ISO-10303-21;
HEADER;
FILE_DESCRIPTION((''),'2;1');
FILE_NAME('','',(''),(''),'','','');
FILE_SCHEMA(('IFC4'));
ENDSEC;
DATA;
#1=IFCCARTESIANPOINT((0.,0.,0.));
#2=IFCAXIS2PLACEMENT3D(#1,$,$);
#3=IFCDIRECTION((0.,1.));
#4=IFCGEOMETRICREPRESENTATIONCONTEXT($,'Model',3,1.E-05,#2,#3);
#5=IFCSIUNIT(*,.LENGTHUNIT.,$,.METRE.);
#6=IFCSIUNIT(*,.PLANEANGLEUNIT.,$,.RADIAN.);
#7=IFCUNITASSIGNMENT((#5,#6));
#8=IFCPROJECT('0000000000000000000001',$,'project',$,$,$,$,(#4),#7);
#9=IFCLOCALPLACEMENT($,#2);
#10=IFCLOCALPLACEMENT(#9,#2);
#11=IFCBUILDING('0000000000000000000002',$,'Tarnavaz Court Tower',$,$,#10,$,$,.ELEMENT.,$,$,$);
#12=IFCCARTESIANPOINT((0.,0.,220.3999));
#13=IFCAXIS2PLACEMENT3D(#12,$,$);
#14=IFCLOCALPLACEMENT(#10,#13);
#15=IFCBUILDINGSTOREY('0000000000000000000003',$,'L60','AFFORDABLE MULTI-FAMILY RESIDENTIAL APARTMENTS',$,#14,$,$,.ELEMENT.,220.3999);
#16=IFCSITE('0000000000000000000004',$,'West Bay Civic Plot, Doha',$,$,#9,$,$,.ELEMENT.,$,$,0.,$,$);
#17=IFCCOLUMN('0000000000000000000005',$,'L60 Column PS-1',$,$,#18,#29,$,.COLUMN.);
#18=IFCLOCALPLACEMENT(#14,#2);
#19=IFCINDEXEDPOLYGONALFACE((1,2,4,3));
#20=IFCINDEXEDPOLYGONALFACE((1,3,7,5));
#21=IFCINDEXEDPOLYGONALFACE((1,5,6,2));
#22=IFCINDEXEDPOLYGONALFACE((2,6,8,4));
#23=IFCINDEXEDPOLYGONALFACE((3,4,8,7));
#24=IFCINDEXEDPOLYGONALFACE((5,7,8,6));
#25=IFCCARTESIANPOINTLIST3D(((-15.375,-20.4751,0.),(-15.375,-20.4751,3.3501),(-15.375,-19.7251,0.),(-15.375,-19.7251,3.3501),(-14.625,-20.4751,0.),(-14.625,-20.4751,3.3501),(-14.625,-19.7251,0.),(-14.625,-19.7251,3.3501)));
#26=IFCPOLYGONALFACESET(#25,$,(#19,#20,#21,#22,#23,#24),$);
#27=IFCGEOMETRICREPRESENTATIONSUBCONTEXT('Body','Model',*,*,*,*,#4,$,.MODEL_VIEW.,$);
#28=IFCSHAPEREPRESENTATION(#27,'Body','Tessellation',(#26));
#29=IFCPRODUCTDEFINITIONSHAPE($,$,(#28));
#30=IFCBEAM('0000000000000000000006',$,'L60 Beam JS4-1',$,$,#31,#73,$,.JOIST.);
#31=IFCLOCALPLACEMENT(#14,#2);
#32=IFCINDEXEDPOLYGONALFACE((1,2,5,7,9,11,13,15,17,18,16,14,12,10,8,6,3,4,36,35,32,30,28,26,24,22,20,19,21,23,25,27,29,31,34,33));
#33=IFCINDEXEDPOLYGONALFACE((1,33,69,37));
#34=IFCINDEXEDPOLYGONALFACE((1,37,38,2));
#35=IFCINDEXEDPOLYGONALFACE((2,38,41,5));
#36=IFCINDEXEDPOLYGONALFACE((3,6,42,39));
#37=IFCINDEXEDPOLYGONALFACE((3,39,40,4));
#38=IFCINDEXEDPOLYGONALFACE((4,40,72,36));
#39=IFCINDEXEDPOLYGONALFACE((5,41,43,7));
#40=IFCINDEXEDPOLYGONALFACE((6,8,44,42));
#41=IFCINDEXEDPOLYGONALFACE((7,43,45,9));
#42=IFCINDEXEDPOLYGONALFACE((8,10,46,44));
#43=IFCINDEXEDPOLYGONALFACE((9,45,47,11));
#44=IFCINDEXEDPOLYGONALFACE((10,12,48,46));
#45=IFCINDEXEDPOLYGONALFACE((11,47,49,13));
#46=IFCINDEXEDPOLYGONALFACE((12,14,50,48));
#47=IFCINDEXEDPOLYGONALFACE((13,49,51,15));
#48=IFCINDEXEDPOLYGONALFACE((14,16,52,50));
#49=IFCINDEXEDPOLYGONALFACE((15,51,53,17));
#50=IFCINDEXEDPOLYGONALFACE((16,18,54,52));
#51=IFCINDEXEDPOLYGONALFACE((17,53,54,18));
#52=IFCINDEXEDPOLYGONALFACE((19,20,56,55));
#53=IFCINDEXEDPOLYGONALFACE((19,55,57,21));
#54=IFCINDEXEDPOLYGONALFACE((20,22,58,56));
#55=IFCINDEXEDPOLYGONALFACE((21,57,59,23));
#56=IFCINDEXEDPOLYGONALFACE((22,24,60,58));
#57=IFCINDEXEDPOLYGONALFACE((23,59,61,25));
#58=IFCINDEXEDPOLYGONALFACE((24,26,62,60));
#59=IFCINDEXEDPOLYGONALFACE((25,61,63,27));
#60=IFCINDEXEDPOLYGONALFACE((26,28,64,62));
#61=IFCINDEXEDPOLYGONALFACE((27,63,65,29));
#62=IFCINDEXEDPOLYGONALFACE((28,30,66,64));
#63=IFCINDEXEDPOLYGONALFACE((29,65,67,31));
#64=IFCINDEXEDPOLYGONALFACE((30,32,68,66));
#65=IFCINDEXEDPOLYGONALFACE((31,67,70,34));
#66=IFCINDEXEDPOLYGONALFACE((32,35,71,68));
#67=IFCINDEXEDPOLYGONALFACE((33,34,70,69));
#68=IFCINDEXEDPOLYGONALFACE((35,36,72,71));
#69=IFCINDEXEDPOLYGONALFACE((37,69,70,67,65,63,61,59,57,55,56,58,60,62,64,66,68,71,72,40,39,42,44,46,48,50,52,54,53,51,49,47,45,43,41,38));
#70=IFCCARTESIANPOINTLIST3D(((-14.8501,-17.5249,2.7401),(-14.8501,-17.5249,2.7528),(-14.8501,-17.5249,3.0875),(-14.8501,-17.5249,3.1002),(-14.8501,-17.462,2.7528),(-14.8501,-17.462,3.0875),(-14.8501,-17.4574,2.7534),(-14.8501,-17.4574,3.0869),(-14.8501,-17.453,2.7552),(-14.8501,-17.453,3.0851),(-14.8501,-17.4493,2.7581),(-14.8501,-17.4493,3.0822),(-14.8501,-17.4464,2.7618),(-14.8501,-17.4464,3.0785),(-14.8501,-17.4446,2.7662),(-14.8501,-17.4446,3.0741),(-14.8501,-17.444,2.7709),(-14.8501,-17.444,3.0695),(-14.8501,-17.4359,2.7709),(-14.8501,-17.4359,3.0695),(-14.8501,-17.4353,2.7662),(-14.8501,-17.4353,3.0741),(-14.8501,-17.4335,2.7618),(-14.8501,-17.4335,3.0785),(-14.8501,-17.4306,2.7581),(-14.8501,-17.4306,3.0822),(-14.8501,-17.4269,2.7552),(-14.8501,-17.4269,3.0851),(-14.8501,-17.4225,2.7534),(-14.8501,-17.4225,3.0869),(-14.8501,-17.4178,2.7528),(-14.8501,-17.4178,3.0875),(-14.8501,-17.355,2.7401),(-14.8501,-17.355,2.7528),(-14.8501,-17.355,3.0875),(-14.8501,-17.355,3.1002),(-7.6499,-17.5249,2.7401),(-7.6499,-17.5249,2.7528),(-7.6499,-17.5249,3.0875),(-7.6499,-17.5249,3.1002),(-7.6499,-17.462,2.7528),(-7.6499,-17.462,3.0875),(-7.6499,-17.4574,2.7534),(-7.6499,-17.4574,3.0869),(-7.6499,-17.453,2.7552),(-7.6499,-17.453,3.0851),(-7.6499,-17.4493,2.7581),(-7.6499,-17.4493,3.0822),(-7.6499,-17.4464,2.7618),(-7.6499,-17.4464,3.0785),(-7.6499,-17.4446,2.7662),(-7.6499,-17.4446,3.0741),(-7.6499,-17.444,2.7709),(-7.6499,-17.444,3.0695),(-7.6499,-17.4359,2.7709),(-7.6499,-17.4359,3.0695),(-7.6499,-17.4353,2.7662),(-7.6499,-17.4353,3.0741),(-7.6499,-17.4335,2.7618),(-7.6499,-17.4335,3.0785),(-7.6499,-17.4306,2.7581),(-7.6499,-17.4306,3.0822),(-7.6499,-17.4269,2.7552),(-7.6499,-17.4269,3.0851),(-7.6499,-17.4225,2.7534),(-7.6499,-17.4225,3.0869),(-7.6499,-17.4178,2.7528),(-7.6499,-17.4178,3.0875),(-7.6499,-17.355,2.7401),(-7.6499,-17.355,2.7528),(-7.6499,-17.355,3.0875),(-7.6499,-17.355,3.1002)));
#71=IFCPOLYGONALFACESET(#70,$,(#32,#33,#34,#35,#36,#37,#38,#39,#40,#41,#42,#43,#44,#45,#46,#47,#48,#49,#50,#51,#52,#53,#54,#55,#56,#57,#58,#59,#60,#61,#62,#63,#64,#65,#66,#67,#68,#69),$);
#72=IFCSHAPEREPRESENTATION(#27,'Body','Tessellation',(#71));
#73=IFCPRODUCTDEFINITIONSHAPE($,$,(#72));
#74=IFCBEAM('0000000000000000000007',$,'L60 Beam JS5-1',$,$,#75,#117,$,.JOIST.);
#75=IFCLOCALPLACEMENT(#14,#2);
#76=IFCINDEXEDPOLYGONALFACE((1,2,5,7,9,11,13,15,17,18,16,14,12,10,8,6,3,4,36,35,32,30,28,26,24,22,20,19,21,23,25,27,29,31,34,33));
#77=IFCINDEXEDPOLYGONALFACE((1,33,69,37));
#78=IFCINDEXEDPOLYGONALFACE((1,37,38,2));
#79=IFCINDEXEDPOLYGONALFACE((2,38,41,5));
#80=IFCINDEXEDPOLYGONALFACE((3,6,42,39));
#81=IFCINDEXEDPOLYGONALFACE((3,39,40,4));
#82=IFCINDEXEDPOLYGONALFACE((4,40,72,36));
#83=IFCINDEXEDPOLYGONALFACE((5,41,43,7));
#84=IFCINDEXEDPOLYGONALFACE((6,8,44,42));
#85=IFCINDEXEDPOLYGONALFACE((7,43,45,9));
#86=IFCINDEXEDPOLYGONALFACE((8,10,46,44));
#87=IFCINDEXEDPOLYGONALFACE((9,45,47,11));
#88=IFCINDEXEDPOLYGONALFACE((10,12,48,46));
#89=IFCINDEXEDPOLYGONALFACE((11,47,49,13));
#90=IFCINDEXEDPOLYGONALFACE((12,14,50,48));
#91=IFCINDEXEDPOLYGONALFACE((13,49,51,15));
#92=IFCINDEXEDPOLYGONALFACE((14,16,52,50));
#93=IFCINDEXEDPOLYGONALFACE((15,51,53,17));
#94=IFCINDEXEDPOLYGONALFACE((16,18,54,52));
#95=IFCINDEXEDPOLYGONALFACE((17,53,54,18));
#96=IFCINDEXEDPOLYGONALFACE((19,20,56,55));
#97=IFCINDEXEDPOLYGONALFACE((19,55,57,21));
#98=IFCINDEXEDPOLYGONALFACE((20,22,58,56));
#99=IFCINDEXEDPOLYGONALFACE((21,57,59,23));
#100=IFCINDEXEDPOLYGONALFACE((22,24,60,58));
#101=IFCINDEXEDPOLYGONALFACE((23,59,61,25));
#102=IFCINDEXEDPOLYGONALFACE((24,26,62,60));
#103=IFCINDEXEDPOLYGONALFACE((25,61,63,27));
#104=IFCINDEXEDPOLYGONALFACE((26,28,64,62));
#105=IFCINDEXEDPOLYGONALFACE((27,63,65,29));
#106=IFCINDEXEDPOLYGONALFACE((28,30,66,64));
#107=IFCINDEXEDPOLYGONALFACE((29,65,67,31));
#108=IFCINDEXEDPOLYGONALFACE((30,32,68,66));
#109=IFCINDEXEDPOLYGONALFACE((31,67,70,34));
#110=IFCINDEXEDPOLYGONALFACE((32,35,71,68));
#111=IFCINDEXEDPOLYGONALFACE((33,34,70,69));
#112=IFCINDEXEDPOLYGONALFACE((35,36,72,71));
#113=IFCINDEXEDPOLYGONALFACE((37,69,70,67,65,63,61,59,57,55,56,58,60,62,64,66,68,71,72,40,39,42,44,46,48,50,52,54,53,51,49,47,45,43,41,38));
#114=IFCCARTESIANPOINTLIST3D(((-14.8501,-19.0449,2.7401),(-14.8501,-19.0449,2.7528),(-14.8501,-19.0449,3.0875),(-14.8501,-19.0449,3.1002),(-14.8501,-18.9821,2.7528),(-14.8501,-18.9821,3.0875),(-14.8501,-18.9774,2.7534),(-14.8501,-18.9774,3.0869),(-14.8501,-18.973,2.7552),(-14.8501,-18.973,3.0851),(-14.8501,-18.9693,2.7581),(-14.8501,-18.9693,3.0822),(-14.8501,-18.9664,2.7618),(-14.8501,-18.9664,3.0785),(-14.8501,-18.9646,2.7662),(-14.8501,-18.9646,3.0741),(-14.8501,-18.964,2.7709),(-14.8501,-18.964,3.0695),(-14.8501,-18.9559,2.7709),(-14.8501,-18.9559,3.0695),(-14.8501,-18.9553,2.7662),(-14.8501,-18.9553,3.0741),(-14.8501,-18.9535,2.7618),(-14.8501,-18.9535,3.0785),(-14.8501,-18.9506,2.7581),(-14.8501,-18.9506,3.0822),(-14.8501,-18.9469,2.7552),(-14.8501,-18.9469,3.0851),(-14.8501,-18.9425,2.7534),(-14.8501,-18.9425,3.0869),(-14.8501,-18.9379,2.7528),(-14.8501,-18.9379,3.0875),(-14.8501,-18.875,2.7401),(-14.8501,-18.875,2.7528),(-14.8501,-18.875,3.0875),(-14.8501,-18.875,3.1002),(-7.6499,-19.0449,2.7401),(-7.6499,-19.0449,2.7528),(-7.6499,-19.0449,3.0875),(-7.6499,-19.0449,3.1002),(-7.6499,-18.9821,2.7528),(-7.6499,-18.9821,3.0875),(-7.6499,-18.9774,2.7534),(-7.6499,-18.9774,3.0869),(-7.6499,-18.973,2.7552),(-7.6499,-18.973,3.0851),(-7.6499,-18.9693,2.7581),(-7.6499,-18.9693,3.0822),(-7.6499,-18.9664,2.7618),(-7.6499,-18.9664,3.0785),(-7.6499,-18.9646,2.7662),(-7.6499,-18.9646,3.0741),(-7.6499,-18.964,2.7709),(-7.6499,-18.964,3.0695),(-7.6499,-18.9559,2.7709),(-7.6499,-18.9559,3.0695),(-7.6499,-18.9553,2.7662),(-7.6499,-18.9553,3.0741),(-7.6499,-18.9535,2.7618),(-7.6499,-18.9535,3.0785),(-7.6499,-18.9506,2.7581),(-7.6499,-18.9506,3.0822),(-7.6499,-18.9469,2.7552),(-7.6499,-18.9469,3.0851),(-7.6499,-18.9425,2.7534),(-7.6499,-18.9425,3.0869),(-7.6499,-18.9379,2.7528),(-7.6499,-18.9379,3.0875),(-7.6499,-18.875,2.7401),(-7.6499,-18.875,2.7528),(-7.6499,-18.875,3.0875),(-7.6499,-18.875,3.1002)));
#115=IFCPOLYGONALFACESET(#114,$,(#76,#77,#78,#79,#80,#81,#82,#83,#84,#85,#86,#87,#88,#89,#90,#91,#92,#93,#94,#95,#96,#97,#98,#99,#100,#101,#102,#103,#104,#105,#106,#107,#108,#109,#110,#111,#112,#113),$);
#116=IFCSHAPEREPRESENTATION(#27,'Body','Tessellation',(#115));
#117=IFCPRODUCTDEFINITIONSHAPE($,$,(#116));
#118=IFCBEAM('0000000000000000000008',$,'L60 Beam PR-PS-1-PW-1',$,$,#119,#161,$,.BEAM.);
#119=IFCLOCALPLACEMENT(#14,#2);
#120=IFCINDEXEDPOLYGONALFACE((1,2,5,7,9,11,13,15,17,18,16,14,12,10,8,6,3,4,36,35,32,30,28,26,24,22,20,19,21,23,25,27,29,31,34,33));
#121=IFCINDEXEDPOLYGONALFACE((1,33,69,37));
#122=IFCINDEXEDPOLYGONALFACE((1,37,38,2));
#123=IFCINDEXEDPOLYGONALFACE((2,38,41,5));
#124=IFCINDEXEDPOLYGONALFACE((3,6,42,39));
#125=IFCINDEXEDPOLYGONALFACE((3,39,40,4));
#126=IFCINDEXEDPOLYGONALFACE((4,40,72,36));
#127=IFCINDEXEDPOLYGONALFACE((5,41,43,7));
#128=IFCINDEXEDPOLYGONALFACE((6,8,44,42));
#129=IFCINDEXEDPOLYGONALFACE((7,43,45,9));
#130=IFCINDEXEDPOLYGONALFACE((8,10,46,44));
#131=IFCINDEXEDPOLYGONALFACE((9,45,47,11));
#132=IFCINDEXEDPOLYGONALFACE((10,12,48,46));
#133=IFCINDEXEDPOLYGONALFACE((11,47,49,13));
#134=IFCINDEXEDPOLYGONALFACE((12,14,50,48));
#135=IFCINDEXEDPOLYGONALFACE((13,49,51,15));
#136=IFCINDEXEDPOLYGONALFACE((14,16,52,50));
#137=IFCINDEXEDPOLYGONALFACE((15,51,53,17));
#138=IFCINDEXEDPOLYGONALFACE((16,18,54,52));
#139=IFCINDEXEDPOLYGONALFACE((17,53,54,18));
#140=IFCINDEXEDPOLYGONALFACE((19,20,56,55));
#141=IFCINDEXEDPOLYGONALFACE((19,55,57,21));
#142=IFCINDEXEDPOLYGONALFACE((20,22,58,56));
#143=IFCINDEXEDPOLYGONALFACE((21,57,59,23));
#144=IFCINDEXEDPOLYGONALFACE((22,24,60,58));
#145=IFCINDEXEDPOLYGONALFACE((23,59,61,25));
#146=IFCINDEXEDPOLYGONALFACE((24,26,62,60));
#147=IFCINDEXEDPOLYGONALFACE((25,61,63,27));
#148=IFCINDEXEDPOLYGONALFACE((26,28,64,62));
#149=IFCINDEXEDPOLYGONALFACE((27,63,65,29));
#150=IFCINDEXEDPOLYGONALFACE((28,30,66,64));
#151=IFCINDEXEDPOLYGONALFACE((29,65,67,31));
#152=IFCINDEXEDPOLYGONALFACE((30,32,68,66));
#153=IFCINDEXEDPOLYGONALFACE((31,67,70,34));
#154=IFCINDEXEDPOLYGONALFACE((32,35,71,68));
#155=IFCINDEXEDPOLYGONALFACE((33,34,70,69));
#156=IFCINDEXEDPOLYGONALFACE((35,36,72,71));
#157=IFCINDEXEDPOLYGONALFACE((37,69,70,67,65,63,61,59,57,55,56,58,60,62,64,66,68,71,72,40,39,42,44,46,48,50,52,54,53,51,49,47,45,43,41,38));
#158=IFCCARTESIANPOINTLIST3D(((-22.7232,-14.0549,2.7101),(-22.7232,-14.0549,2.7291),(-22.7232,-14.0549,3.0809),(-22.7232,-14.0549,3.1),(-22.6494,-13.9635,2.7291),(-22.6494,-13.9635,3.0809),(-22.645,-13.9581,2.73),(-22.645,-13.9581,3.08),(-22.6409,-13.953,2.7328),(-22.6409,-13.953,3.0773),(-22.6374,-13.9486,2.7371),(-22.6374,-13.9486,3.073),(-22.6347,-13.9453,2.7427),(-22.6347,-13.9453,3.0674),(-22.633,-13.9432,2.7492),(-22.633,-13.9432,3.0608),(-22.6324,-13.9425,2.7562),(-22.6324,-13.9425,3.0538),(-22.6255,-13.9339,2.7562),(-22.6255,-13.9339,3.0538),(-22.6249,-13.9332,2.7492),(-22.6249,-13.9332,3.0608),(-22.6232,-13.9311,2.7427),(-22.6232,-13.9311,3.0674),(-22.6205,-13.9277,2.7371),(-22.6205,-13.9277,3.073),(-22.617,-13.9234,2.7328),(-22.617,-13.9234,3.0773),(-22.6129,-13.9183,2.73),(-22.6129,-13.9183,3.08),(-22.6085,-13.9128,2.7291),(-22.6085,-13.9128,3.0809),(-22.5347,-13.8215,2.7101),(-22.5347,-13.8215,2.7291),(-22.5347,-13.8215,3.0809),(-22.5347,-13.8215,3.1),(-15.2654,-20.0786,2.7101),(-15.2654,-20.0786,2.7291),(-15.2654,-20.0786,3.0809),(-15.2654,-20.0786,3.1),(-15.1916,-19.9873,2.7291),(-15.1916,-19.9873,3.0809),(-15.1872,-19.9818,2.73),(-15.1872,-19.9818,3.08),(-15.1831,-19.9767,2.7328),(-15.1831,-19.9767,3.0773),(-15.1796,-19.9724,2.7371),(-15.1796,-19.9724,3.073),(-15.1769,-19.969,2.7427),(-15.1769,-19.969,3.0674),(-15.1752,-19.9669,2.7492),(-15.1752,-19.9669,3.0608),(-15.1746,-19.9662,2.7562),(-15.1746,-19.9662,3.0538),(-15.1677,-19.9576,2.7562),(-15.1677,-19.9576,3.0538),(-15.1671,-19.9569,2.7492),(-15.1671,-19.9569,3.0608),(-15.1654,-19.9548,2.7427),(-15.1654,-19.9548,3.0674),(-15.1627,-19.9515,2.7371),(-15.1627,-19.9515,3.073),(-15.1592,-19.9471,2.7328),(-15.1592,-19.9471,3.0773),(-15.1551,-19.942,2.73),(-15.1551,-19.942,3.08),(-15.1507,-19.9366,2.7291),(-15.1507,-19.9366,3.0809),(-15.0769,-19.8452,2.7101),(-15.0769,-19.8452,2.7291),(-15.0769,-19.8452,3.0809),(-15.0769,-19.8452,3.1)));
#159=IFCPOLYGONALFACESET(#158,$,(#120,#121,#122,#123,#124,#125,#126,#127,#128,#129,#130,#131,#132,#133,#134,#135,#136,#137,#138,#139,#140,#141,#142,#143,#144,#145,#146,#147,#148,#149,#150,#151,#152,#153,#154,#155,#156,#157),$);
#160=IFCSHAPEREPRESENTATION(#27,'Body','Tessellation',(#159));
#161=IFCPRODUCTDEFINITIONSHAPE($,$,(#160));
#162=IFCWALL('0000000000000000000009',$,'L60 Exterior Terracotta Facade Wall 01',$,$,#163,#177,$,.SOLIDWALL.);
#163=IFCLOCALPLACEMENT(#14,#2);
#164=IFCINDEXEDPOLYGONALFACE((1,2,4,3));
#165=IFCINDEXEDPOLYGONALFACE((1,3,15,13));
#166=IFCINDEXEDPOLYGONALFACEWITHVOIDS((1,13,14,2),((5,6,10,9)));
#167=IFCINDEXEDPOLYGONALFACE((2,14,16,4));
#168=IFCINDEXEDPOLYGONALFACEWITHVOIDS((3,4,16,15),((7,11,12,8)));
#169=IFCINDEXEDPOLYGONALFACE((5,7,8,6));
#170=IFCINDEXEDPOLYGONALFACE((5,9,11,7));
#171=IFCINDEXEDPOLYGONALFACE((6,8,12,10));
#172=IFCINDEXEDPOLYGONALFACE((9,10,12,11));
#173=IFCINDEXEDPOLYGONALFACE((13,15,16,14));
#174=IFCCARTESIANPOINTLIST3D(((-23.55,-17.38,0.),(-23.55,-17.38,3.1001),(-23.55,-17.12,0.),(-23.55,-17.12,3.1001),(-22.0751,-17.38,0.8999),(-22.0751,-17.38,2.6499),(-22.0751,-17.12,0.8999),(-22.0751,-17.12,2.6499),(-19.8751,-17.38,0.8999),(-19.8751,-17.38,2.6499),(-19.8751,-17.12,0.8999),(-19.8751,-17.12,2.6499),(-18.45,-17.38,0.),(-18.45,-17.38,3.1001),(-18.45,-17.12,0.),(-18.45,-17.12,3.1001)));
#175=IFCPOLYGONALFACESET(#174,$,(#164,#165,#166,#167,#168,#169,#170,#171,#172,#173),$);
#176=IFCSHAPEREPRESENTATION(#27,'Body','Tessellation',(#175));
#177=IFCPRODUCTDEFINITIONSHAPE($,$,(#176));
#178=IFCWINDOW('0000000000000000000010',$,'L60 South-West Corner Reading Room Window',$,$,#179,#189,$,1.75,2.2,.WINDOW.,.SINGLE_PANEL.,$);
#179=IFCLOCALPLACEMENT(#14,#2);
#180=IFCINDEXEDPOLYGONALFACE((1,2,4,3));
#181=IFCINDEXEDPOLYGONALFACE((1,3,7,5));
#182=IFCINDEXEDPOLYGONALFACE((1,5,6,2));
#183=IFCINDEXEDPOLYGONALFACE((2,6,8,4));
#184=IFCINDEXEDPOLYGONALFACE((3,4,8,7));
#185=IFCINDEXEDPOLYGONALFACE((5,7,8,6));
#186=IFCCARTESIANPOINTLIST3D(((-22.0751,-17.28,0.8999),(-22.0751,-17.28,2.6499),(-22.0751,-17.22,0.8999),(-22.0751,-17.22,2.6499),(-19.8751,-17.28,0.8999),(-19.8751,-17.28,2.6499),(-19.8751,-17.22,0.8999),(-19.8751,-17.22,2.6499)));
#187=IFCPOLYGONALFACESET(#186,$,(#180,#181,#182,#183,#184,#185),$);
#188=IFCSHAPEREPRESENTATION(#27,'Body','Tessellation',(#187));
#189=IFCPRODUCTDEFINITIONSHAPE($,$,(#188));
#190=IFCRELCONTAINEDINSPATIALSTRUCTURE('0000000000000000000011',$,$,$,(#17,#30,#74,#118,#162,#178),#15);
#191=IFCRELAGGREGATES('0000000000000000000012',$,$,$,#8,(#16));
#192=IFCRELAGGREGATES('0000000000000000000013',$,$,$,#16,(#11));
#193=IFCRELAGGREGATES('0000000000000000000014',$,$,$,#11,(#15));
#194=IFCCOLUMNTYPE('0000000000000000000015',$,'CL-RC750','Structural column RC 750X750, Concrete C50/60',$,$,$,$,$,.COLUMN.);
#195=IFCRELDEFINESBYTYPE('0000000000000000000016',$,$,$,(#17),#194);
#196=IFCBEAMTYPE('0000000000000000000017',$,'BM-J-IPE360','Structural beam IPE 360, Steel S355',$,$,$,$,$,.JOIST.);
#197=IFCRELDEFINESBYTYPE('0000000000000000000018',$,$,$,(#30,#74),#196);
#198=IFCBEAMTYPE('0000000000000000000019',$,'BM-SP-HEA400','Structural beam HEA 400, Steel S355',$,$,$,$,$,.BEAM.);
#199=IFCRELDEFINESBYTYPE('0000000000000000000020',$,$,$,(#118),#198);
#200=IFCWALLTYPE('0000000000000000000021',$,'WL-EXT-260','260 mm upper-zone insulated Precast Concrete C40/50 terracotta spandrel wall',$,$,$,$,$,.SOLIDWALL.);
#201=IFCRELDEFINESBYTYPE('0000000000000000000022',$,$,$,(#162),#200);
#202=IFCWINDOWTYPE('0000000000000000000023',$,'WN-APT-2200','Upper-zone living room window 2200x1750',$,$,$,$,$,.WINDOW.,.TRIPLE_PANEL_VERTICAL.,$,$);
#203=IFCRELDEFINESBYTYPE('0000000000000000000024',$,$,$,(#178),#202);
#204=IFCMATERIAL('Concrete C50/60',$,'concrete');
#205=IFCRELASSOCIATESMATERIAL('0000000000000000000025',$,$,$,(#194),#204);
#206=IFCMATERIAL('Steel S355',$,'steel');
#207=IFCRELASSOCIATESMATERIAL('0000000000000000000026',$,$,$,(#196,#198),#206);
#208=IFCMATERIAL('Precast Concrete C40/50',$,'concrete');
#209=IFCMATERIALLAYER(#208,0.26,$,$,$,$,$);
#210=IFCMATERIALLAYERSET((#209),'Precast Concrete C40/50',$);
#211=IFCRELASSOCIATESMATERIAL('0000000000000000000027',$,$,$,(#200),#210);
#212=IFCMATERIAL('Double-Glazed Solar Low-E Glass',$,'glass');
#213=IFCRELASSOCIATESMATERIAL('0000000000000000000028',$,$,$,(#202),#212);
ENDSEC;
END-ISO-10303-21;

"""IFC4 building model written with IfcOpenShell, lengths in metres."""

from ifc_helpers import new_model, si_unit, direction, frame, frame_2d, origin, origin_2d, place, context, subcontext, project, spatial, rectangle, i_section, extrude, material, layer, layer_set, material_profile, profile_set, type_object, element, fill, save


model = new_model("IFC4")

# Units and contexts
model_context = context("Model", 3, precision=1e-05, world=origin(), true_north=direction((0.0, 1.0)))
body_context = subcontext(model_context, "Body", "Model", "MODEL_VIEW")
ifc_project = project(units=[si_unit("LENGTHUNIT", "METRE"), si_unit("PLANEANGLEUNIT", "RADIAN")], contexts=[model_context])

# Site, building, storey
site_placement = place(None, origin())
site = spatial("IfcSite", under=ifc_project, at=site_placement, Name="West Bay Civic Plot, Doha", CompositionType="ELEMENT", RefElevation=0.0)
building_placement = place(site_placement, origin())
building = spatial("IfcBuilding", under=site, at=building_placement, Name="Tarnavaz Court Tower", CompositionType="ELEMENT")
storey_placement = place(building_placement, frame((0.0, 0.0, 220.3999)))
storey = spatial("IfcBuildingStorey", under=building, at=storey_placement, Name="L60", Description="AFFORDABLE MULTI-FAMILY RESIDENTIAL APARTMENTS", CompositionType="ELEMENT", Elevation=220.3999)

# Column
ifc_material_1 = material(Name="Concrete C50/60", Category="concrete")
ifc_material_profile_1 = material_profile(ifc_material_1, rectangle(XDim=0.75, YDim=0.75, at=origin_2d()), Name="RC 750X750")
ifc_profile_set_1 = profile_set([ifc_material_profile_1], Name="Concrete C50/60")
column_type = type_object("IfcColumnType", Name="CL-RC750", Description="Structural column RC 750X750, Concrete C50/60", PredefinedType="COLUMN", material=ifc_profile_set_1)
column_placement = place(storey_placement, frame((-15.0, -20.1001, 0.0), z_axis=(0.0, 0.0, 1.0), x_axis=(1.0, 0.0, 0.0)))
element("IfcColumn", 1, at=column_placement, inside=storey, type_object=column_type, Name="L60 Column PS-1", PredefinedType="COLUMN", context=body_context, shape_type="SweptSolid", body=[
    extrude(rectangle(XDim=0.75, YDim=0.75, at=origin_2d()), origin(), (0.0, 0.0, 1.0), 3.3501),
])

# Beams
ifc_material_2 = material(Name="Steel S355", Category="steel")
ifc_material_profile_2 = material_profile(ifc_material_2, i_section(OverallWidth=0.1699, OverallDepth=0.3601, WebThickness=0.0081, FlangeThickness=0.0127, FilletRadius=0.0181, at=origin_2d()), Name="IPE 360")
ifc_profile_set_2 = profile_set([ifc_material_profile_2], Name="Steel S355")
beam_type_1 = type_object("IfcBeamType", Name="BM-J-IPE360", Description="Structural beam IPE 360, Steel S355", PredefinedType="JOIST", material=ifc_profile_set_2)
for number, where, z_axis, x_axis, name in (
    (2, (-14.8501, -17.4399, 2.9202), (1.0, 0.0, 0.0), (0.0, 1.0, 0.0), "L60 Beam JS4-1"),
    (3, (-14.8501, -18.96, 2.9202), (1.0, 0.0, 0.0), (0.0, 1.0, 0.0), "L60 Beam JS5-1"),
):
    element("IfcBeam", number, at=place(storey_placement, frame(where, z_axis=z_axis, x_axis=x_axis)), inside=storey, type_object=beam_type_1, Name=name, PredefinedType="JOIST", context=body_context, shape_type="SweptSolid", body=[
        extrude(i_section(OverallWidth=0.1699, OverallDepth=0.3601, WebThickness=0.0081, FlangeThickness=0.0127, FilletRadius=0.0181, at=origin_2d()), origin(), (0.0, 0.0, 1.0), 7.2002),
    ])
ifc_material_profile_3 = material_profile(ifc_material_2, i_section(OverallWidth=0.3, OverallDepth=0.3899, WebThickness=0.011, FlangeThickness=0.019, FilletRadius=0.0271, at=origin_2d()), Name="HEA 400")
ifc_profile_set_3 = profile_set([ifc_material_profile_3], Name="Steel S355")
beam_type_2 = type_object("IfcBeamType", Name="BM-SP-HEA400", Description="Structural beam HEA 400, Steel S355", PredefinedType="BEAM", material=ifc_profile_set_3)
beam_placement = place(storey_placement, frame((-15.1711, -19.9619, 2.905), z_axis=(-0.777936, 0.628344, 0.0), x_axis=(-0.628344, -0.777936, 0.0)))
element("IfcBeam", 4, at=beam_placement, inside=storey, type_object=beam_type_2, Name="L60 Beam PR-PS-1-PW-1", PredefinedType="BEAM", context=body_context, shape_type="SweptSolid", body=[
    extrude(i_section(OverallWidth=0.3, OverallDepth=0.3899, WebThickness=0.011, FlangeThickness=0.019, FilletRadius=0.0271, at=origin_2d()), origin(), (0.0, 0.0, 1.0), 9.5867),
])

# Wall, opening, window
ifc_material_3 = material(Name="Precast Concrete C40/50", Category="concrete")
ifc_layer_1 = layer(ifc_material_3, 0.26)
ifc_layer_set_1 = layer_set([ifc_layer_1], Name="Precast Concrete C40/50")
wall_type_1 = type_object("IfcWallType", Name="WL-EXT-260", Description="260 mm upper-zone insulated Precast Concrete C40/50 terracotta spandrel wall", PredefinedType="SOLIDWALL", material=ifc_layer_set_1)
wall_1_placement = place(storey_placement, frame((-18.45, -17.25, 0.0), z_axis=(0.0, 0.0, 1.0), x_axis=(-1.0, 0.0, 0.0)))
wall_1 = element("IfcWall", 5, at=wall_1_placement, inside=storey, type_object=wall_type_1, Name="L60 Exterior Terracotta Facade Wall 01", PredefinedType="SOLIDWALL", context=body_context, shape_type="SweptSolid", body=[
    extrude(rectangle(XDim=5.1001, YDim=0.26, at=frame_2d((2.55, 0.0))), origin(), (0.0, 0.0, 1.0), 3.1001),
])
opening_1_placement = place(wall_1_placement, frame((1.425, 0.0, 0.8999)))
opening_1 = element("IfcOpeningElement", 6, at=opening_1_placement, cuts=wall_1, PredefinedType="OPENING", context=body_context, shape_type="SweptSolid", body=[
    extrude(rectangle(XDim=2.2, YDim=1.75, at=frame_2d((1.1001, 0.875))), frame((0.0, 0.1399, 0.0), z_axis=(0.0, -1.0, 0.0), x_axis=(1.0, 0.0, 0.0)), (0.0, 0.0, 1.0), 0.28),
])
ifc_material_4 = material(Name="Double-Glazed Solar Low-E Glass", Category="glass")
window_type_1 = type_object("IfcWindowType", Name="WN-APT-2200", Description="Upper-zone living room window 2200x1750", PartitioningType="TRIPLE_PANEL_VERTICAL", PredefinedType="WINDOW", material=ifc_material_4)
window_1_placement = place(opening_1_placement, origin())
window_1 = element("IfcWindow", 7, at=window_1_placement, inside=storey, type_object=window_type_1, Name="L60 South-West Corner Reading Room Window", OverallHeight=1.75, OverallWidth=2.2, PartitioningType="SINGLE_PANEL", PredefinedType="WINDOW", context=body_context, shape_type="SweptSolid", body=[
    extrude(rectangle(XDim=2.2, YDim=1.75, at=frame_2d((1.1001, 0.875))), frame((0.0, 0.03, 0.0), z_axis=(0.0, -1.0, 0.0), x_axis=(1.0, 0.0, 0.0)), (0.0, 0.0, 1.0), 0.0601),
])
fill(opening_1, window_1)

save(model, "model.ifc")
